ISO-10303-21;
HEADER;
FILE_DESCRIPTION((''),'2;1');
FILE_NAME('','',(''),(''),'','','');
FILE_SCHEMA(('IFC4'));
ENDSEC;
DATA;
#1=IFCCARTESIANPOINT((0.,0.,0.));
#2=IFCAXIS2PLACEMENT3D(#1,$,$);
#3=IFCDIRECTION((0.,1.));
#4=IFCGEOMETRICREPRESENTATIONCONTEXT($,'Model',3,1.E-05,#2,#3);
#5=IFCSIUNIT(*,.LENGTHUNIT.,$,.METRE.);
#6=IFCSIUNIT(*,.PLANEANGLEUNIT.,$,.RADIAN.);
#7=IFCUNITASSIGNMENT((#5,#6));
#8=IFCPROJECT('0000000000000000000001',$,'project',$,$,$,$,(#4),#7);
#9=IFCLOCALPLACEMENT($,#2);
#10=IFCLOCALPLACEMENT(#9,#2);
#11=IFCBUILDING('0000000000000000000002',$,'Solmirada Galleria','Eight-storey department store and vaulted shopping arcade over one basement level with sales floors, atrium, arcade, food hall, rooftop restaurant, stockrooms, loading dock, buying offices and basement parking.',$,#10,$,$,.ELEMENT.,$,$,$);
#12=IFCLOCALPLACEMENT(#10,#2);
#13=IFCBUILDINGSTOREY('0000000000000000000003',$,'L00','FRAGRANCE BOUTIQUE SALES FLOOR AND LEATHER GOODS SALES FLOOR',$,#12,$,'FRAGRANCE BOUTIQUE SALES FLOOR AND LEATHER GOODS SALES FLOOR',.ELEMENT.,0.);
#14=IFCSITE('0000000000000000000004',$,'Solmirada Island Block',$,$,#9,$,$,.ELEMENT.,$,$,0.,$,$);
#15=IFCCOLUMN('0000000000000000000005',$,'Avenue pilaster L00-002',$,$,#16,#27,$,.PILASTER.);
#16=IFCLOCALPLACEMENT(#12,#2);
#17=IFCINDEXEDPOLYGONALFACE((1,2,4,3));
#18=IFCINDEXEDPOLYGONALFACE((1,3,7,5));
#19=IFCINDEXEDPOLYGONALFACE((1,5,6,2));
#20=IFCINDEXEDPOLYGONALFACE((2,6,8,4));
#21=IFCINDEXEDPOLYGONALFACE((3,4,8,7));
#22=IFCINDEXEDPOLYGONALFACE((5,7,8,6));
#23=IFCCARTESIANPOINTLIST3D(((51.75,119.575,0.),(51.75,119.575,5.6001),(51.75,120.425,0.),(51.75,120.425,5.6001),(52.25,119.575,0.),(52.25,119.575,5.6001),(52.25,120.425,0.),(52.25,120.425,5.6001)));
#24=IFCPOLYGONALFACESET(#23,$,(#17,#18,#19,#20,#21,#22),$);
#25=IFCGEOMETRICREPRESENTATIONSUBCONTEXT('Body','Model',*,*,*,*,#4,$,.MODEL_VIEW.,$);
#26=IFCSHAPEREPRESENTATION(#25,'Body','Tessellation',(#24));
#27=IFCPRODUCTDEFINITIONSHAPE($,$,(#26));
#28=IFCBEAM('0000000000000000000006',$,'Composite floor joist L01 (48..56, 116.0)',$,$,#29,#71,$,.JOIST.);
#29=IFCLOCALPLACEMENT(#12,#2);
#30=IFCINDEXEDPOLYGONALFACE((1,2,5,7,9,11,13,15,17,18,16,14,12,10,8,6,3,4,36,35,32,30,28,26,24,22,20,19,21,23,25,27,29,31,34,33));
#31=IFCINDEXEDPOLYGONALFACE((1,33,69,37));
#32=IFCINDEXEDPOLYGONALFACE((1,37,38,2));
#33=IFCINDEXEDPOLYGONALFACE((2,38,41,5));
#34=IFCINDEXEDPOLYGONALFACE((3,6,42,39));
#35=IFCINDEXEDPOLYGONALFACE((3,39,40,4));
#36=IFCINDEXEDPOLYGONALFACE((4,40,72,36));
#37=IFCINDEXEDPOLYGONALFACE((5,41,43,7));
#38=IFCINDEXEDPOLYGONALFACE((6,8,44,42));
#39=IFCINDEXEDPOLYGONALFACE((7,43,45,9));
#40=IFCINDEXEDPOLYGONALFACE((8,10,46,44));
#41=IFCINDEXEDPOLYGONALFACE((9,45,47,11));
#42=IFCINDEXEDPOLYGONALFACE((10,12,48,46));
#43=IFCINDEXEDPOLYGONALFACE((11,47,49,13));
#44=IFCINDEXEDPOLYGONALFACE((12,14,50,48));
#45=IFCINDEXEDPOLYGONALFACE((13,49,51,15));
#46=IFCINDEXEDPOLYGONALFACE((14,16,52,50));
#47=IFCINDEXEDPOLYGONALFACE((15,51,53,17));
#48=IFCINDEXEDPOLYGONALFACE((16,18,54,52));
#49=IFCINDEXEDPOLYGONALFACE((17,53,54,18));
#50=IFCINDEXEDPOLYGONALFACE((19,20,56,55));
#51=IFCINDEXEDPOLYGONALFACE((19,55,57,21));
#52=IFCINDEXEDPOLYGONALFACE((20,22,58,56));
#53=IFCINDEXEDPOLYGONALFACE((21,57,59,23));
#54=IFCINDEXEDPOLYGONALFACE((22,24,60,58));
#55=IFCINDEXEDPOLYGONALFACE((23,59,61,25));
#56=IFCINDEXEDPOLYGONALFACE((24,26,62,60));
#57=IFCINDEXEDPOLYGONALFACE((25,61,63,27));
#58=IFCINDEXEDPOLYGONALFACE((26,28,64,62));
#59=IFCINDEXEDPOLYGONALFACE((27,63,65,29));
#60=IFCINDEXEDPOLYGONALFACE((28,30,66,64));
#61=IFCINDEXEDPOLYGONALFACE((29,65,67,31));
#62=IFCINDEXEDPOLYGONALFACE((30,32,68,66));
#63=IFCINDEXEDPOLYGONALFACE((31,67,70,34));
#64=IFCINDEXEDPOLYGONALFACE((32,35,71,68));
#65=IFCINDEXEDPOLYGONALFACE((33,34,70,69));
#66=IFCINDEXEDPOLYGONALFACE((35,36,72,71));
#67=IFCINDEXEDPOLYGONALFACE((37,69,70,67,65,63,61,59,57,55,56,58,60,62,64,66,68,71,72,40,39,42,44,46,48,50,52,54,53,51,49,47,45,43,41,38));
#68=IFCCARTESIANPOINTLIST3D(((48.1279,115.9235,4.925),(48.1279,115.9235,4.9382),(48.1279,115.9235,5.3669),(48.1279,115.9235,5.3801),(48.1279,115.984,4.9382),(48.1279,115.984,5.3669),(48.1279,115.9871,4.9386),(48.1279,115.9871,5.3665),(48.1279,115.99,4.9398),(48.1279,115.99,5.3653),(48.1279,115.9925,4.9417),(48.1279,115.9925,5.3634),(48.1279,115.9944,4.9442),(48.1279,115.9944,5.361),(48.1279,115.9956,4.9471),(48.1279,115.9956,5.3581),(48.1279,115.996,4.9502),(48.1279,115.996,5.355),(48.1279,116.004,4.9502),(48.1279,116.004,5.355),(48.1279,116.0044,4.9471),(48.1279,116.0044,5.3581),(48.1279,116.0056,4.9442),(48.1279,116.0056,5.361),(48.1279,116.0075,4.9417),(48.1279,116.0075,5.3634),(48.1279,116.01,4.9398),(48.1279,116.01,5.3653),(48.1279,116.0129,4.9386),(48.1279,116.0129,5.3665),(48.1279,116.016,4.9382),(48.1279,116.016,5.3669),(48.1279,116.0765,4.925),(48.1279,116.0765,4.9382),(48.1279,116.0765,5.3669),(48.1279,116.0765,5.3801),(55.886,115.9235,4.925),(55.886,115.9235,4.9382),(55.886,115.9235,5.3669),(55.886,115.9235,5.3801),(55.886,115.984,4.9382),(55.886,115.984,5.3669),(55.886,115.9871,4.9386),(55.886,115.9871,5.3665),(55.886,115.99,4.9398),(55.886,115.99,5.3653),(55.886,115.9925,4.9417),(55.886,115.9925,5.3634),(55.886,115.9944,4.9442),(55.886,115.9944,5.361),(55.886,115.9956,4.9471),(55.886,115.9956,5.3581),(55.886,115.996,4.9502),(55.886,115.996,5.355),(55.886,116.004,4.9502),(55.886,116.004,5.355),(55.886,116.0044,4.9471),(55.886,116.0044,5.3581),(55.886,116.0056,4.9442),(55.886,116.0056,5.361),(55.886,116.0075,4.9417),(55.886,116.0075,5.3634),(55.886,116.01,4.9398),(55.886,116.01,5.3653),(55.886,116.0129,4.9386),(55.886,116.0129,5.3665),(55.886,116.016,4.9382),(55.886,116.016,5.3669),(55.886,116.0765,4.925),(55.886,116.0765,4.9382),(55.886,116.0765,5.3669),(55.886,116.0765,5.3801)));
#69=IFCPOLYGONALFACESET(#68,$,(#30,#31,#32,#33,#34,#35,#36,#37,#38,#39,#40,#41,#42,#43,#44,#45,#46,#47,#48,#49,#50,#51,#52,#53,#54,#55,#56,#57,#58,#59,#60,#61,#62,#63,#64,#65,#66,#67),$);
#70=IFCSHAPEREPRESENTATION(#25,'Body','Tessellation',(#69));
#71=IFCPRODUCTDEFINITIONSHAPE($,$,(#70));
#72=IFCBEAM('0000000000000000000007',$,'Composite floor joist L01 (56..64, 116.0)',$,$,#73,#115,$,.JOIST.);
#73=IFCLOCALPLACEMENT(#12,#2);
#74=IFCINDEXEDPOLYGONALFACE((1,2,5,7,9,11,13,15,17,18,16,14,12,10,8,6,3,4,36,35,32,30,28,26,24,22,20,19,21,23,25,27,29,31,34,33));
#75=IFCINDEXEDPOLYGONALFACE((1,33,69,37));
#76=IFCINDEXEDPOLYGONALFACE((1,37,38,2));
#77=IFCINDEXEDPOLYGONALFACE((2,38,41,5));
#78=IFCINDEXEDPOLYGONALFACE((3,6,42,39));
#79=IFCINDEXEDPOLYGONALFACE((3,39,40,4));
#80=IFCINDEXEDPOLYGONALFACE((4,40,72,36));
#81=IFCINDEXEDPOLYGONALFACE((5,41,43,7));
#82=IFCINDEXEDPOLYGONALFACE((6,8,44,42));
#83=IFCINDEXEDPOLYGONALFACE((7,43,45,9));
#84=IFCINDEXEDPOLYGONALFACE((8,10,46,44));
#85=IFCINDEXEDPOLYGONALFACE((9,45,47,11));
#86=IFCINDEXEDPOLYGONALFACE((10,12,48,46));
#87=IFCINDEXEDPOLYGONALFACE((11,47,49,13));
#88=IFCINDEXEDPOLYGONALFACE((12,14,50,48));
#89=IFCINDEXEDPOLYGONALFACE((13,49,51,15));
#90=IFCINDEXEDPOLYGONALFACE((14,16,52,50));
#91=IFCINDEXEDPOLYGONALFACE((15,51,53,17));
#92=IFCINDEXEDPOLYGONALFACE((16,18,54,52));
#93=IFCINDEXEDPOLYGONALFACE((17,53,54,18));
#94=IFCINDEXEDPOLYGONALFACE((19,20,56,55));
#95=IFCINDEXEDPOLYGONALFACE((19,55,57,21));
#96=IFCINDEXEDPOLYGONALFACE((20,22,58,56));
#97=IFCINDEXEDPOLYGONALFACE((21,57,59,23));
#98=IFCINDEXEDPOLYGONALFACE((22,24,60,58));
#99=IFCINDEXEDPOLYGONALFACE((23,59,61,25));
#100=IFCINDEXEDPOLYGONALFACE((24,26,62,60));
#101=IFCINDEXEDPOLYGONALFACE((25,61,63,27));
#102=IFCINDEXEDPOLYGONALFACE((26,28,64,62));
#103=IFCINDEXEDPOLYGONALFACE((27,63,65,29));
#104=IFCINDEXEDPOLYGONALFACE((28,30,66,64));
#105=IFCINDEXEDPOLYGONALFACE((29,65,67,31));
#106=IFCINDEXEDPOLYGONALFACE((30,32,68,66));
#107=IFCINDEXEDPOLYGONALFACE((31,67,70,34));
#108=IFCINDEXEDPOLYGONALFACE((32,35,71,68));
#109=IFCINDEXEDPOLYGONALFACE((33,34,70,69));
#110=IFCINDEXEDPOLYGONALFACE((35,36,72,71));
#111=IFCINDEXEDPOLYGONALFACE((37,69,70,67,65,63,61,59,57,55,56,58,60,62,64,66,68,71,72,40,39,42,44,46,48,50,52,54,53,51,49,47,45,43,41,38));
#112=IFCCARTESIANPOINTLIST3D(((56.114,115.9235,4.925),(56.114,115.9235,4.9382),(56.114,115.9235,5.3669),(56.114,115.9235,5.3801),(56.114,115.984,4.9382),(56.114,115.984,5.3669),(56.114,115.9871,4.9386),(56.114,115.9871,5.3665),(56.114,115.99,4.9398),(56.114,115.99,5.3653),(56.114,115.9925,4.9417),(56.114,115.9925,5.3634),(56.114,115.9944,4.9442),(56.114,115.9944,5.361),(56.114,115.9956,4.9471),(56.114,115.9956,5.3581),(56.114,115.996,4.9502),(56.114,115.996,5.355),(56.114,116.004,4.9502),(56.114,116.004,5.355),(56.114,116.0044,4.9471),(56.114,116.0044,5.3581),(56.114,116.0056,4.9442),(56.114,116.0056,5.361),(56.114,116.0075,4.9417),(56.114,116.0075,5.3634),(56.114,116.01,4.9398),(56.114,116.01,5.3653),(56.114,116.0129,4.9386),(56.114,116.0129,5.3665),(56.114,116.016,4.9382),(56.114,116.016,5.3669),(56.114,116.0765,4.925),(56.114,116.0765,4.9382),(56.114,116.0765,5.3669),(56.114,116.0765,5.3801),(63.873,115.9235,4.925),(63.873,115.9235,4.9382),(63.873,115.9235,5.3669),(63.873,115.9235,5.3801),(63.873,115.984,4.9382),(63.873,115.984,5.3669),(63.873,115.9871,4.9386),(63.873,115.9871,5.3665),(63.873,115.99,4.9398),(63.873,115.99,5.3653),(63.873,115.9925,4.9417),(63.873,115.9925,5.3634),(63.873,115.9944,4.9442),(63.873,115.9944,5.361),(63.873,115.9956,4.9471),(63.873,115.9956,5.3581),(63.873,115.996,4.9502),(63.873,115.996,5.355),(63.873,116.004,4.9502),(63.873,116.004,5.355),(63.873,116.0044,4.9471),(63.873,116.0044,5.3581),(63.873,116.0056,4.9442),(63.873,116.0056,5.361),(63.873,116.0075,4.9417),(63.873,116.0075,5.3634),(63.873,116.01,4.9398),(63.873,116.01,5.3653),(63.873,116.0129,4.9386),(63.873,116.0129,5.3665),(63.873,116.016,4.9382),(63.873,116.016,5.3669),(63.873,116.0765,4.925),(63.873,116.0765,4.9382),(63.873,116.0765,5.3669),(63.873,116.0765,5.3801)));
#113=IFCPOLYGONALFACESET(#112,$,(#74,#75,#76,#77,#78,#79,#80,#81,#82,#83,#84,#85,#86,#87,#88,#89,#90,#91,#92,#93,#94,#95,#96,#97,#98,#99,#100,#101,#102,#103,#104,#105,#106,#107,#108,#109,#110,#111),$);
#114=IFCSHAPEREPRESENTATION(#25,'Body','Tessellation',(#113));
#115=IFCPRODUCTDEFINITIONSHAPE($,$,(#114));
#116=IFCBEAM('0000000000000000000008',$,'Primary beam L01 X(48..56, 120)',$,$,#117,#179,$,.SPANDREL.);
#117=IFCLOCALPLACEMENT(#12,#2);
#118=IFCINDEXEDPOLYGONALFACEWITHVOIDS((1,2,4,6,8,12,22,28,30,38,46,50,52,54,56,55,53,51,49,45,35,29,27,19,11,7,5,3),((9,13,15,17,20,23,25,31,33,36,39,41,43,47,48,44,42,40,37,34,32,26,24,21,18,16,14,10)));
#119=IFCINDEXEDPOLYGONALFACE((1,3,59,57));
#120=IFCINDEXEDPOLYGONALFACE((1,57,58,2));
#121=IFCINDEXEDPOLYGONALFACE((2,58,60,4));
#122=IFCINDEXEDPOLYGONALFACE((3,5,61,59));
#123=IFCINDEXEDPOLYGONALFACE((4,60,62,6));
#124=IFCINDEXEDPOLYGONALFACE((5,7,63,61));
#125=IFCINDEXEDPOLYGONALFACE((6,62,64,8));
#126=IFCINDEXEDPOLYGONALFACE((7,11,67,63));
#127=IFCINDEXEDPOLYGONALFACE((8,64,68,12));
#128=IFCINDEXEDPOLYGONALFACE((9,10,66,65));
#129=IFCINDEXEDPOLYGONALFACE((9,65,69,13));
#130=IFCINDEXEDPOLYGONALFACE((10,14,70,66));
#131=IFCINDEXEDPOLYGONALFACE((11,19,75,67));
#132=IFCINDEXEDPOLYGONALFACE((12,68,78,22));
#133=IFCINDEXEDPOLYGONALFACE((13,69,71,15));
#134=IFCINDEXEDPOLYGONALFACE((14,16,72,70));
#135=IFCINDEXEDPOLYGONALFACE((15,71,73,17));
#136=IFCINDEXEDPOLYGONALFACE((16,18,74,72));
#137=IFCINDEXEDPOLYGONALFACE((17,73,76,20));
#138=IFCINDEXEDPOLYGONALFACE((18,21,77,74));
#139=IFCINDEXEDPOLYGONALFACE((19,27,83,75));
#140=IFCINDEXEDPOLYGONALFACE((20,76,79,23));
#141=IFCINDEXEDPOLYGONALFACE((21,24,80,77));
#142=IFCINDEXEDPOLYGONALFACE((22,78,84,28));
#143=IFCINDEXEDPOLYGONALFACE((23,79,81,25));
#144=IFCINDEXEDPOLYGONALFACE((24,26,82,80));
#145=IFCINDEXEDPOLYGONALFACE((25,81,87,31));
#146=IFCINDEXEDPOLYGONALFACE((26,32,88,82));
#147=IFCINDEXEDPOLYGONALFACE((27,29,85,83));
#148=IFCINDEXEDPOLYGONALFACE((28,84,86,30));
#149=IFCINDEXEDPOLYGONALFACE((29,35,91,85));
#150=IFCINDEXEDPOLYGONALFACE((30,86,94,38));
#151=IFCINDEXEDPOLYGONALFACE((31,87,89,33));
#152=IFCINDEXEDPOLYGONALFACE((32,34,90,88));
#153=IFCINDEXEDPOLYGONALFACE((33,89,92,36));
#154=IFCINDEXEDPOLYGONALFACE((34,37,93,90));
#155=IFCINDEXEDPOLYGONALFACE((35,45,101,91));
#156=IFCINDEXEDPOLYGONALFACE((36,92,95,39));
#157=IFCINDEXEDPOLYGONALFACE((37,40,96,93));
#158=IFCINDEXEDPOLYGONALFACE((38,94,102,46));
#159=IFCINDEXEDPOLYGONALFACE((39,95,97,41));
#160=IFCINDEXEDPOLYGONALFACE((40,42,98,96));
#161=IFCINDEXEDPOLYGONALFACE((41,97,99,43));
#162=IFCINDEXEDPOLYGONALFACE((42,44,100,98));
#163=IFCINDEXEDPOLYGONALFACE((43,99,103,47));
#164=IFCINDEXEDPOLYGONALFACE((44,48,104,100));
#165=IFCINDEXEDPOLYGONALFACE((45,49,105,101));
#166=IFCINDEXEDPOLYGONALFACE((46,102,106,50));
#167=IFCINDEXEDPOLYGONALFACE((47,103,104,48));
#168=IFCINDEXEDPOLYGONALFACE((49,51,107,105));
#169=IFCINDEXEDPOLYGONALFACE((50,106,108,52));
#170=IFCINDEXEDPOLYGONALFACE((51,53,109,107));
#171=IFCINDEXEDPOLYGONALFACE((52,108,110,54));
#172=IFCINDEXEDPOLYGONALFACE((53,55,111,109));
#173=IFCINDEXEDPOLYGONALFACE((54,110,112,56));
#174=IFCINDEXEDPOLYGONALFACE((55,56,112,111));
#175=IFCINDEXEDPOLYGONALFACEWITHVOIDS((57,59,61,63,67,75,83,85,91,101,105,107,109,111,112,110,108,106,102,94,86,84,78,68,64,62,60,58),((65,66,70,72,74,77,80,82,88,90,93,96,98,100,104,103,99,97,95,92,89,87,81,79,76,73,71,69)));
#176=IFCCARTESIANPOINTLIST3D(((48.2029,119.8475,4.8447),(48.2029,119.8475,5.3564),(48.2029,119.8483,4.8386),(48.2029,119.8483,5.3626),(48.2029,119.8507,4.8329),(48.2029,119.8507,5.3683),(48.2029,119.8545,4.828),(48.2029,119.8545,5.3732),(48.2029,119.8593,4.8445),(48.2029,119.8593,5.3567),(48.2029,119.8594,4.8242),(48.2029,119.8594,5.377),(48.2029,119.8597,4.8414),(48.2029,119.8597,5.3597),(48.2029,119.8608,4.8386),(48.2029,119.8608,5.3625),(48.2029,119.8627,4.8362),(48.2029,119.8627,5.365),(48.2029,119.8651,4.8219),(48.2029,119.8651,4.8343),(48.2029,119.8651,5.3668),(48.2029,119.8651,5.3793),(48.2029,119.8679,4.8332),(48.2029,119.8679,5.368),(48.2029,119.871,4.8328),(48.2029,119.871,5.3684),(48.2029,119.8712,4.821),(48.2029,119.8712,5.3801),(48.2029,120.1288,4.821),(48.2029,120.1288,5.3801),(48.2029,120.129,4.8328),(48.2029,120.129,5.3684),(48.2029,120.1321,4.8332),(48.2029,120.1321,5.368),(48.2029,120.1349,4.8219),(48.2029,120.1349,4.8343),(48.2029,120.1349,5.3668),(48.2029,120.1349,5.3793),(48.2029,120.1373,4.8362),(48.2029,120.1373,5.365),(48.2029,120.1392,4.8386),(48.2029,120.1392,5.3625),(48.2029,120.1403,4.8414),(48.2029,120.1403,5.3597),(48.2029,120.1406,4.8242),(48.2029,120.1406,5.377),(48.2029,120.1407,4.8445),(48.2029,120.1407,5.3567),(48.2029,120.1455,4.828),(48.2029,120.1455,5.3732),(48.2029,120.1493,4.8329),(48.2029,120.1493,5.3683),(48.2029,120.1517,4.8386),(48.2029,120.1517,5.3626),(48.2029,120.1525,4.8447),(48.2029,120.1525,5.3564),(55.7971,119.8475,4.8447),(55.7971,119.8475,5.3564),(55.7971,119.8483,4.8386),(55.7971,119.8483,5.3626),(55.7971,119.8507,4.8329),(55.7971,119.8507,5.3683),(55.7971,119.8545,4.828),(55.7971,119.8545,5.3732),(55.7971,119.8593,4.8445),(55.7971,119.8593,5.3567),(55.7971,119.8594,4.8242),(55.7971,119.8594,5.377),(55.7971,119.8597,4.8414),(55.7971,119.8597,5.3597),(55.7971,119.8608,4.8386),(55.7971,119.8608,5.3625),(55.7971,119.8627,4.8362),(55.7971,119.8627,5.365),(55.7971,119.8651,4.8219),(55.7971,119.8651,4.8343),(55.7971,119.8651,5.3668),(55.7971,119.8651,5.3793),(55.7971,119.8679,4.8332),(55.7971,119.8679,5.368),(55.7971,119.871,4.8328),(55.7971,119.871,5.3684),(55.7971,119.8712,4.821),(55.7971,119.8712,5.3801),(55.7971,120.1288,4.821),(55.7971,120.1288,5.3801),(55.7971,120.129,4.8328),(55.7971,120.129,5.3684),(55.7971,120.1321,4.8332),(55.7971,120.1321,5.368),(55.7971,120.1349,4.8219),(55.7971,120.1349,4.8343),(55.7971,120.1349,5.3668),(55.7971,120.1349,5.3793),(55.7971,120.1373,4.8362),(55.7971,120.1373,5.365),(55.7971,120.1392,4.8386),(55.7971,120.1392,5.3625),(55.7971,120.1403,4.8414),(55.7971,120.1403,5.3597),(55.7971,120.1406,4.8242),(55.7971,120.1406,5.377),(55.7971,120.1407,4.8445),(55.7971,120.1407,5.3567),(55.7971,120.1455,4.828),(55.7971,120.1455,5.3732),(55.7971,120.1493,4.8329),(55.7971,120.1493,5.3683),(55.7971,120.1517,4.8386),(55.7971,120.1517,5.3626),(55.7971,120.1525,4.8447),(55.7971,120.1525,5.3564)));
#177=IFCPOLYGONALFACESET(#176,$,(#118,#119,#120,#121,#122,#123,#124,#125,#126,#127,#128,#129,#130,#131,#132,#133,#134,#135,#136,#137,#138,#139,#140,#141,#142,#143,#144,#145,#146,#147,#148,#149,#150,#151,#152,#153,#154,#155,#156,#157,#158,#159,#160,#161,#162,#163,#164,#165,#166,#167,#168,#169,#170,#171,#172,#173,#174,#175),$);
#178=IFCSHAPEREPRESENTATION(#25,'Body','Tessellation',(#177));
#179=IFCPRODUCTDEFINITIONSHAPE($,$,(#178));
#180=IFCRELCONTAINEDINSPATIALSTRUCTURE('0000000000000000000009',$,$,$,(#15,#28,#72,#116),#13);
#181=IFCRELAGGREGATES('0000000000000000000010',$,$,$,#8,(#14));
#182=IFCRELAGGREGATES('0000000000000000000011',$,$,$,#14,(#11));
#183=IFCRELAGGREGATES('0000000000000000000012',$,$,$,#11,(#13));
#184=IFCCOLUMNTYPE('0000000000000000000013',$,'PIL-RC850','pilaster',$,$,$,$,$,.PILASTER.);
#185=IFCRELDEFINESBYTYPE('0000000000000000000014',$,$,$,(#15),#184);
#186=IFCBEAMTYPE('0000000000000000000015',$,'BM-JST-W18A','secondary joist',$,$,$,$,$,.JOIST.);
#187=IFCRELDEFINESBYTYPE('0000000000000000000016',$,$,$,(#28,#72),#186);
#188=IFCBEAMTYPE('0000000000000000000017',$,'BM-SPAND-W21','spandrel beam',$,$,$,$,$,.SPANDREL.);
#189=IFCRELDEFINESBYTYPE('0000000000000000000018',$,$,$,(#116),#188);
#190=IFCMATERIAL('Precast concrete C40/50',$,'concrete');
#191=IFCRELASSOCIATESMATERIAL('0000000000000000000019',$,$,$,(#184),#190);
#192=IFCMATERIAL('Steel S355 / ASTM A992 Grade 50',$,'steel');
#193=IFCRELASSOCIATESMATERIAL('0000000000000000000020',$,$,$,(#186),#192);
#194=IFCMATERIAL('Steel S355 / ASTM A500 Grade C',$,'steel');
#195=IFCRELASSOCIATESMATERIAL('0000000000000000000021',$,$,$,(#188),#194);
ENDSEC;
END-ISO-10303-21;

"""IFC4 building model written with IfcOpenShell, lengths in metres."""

from ifc_helpers import new_model, si_unit, direction, frame, origin, origin_2d, place, context, subcontext, project, spatial, rectangle, hollow_rectangle, i_section, extrude, material, material_profile, profile_set, type_object, element, save


model = new_model("IFC4")

# Units and contexts
model_context = context("Model", 3, precision=1e-05, world=origin(), true_north=direction((0.0, 1.0)))
body_context = subcontext(model_context, "Body", "Model", "MODEL_VIEW")
ifc_project = project(units=[si_unit("LENGTHUNIT", "METRE"), si_unit("PLANEANGLEUNIT", "RADIAN")], contexts=[model_context])

# Site, building, storey
site_placement = place(None, origin())
site = spatial("IfcSite", under=ifc_project, at=site_placement, Name="Solmirada Island Block", CompositionType="ELEMENT", RefElevation=0.0)
building_placement = place(site_placement, origin())
building = spatial("IfcBuilding", under=site, at=building_placement, Name="Solmirada Galleria", Description="Eight-storey department store and vaulted shopping arcade over one basement level with sales floors, atrium, arcade, food hall, rooftop restaurant, stockrooms, loading dock, buying offices and basement parking.", CompositionType="ELEMENT")
storey_placement = place(building_placement, origin())
storey = spatial("IfcBuildingStorey", under=building, at=storey_placement, Name="L00", Description="FRAGRANCE BOUTIQUE SALES FLOOR AND LEATHER GOODS SALES FLOOR", LongName="FRAGRANCE BOUTIQUE SALES FLOOR AND LEATHER GOODS SALES FLOOR", CompositionType="ELEMENT", Elevation=0.0)

# Column
ifc_material_1 = material(Name="Steel S355 / ASTM A500 Grade C", Category="steel")
ifc_material_2 = material(Name="Precast concrete C40/50", Category="concrete")
ifc_material_profile_1 = material_profile(ifc_material_2, rectangle(XDim=0.5, YDim=0.8501, at=origin_2d()), Name="RC850X500")
ifc_profile_set_1 = profile_set([ifc_material_profile_1], Name="Precast concrete C40/50")
column_type_1 = type_object("IfcColumnType", Name="PIL-RC850", Description="pilaster", PredefinedType="PILASTER", material=ifc_profile_set_1)
column_placement = place(storey_placement, frame((52.0, 120.0, 0.0), z_axis=(0.0, 0.0, 1.0), x_axis=(1.0, 0.0, 0.0)))
element("IfcColumn", 1, at=column_placement, inside=storey, type_object=column_type_1, Name="Avenue pilaster L00-002", PredefinedType="PILASTER", context=body_context, shape_type="SweptSolid", body=[
    extrude(rectangle(XDim=0.5, YDim=0.8501, at=origin_2d()), origin(), (0.0, 0.0, 1.0), 5.6001),
])

# Beams
ifc_material_3 = material(Name="Steel S355 / ASTM A992 Grade 50", Category="steel")
ifc_material_profile_2 = material_profile(ifc_material_3, i_section(OverallWidth=0.1531, OverallDepth=0.4551, WebThickness=0.0081, FlangeThickness=0.0132, FilletRadius=0.012, at=origin_2d()), Name="W18X40")
ifc_profile_set_2 = profile_set([ifc_material_profile_2], Name="Steel S355 / ASTM A992 Grade 50")
beam_type_1 = type_object("IfcBeamType", Name="BM-JST-W18A", Description="secondary joist", PredefinedType="JOIST", material=ifc_profile_set_2)
beam_1_placement = place(storey_placement, frame((48.1279, 116.0, 5.1526), z_axis=(1.0, 0.0, 0.0), x_axis=(0.0, 1.0, 0.0)))
element("IfcBeam", 2, at=beam_1_placement, inside=storey, type_object=beam_type_1, Name="Composite floor joist L01 (48..56, 116.0)", PredefinedType="JOIST", context=body_context, shape_type="SweptSolid", body=[
    extrude(i_section(OverallWidth=0.1531, OverallDepth=0.4551, WebThickness=0.0081, FlangeThickness=0.0132, FilletRadius=0.012, at=origin_2d()), origin(), (0.0, 0.0, 1.0), 7.7581),
])
beam_2_placement = place(storey_placement, frame((56.114, 116.0, 5.1526), z_axis=(1.0, 0.0, 0.0), x_axis=(0.0, 1.0, 0.0)))
element("IfcBeam", 3, at=beam_2_placement, inside=storey, type_object=beam_type_1, Name="Composite floor joist L01 (56..64, 116.0)", PredefinedType="JOIST", context=body_context, shape_type="SweptSolid", body=[
    extrude(i_section(OverallWidth=0.1531, OverallDepth=0.4551, WebThickness=0.0081, FlangeThickness=0.0132, FilletRadius=0.012, at=origin_2d()), origin(), (0.0, 0.0, 1.0), 7.759),
])
ifc_material_profile_3 = material_profile(ifc_material_1, hollow_rectangle(XDim=0.3049, YDim=0.5591, WallThickness=0.0117, InnerFilletRadius=0.0117, OuterFilletRadius=0.0237, at=origin_2d()), Name="HSS22X12X1/2")
ifc_profile_set_3 = profile_set([ifc_material_profile_3], Name="Steel S355 / ASTM A500 Grade C")
beam_type_2 = type_object("IfcBeamType", Name="BM-SPAND-W21", Description="spandrel beam", PredefinedType="SPANDREL", material=ifc_profile_set_3)
for number, where, z_axis, x_axis, name in (
    (4, (48.2029, 120.0, 5.1006), (1.0, 0.0, 0.0), (0.0, 1.0, 0.0), "Primary beam L01 X(48..56, 120)"),
):
    element("IfcBeam", number, at=place(storey_placement, frame(where, z_axis=z_axis, x_axis=x_axis)), inside=storey, type_object=beam_type_2, Name=name, PredefinedType="SPANDREL", context=body_context, shape_type="SweptSolid", body=[
        extrude(hollow_rectangle(XDim=0.3049, YDim=0.5591, WallThickness=0.0117, InnerFilletRadius=0.0117, OuterFilletRadius=0.0237, at=origin_2d()), origin(), (0.0, 0.0, 1.0), 7.5942),
    ])

save(model, "model.ifc")
